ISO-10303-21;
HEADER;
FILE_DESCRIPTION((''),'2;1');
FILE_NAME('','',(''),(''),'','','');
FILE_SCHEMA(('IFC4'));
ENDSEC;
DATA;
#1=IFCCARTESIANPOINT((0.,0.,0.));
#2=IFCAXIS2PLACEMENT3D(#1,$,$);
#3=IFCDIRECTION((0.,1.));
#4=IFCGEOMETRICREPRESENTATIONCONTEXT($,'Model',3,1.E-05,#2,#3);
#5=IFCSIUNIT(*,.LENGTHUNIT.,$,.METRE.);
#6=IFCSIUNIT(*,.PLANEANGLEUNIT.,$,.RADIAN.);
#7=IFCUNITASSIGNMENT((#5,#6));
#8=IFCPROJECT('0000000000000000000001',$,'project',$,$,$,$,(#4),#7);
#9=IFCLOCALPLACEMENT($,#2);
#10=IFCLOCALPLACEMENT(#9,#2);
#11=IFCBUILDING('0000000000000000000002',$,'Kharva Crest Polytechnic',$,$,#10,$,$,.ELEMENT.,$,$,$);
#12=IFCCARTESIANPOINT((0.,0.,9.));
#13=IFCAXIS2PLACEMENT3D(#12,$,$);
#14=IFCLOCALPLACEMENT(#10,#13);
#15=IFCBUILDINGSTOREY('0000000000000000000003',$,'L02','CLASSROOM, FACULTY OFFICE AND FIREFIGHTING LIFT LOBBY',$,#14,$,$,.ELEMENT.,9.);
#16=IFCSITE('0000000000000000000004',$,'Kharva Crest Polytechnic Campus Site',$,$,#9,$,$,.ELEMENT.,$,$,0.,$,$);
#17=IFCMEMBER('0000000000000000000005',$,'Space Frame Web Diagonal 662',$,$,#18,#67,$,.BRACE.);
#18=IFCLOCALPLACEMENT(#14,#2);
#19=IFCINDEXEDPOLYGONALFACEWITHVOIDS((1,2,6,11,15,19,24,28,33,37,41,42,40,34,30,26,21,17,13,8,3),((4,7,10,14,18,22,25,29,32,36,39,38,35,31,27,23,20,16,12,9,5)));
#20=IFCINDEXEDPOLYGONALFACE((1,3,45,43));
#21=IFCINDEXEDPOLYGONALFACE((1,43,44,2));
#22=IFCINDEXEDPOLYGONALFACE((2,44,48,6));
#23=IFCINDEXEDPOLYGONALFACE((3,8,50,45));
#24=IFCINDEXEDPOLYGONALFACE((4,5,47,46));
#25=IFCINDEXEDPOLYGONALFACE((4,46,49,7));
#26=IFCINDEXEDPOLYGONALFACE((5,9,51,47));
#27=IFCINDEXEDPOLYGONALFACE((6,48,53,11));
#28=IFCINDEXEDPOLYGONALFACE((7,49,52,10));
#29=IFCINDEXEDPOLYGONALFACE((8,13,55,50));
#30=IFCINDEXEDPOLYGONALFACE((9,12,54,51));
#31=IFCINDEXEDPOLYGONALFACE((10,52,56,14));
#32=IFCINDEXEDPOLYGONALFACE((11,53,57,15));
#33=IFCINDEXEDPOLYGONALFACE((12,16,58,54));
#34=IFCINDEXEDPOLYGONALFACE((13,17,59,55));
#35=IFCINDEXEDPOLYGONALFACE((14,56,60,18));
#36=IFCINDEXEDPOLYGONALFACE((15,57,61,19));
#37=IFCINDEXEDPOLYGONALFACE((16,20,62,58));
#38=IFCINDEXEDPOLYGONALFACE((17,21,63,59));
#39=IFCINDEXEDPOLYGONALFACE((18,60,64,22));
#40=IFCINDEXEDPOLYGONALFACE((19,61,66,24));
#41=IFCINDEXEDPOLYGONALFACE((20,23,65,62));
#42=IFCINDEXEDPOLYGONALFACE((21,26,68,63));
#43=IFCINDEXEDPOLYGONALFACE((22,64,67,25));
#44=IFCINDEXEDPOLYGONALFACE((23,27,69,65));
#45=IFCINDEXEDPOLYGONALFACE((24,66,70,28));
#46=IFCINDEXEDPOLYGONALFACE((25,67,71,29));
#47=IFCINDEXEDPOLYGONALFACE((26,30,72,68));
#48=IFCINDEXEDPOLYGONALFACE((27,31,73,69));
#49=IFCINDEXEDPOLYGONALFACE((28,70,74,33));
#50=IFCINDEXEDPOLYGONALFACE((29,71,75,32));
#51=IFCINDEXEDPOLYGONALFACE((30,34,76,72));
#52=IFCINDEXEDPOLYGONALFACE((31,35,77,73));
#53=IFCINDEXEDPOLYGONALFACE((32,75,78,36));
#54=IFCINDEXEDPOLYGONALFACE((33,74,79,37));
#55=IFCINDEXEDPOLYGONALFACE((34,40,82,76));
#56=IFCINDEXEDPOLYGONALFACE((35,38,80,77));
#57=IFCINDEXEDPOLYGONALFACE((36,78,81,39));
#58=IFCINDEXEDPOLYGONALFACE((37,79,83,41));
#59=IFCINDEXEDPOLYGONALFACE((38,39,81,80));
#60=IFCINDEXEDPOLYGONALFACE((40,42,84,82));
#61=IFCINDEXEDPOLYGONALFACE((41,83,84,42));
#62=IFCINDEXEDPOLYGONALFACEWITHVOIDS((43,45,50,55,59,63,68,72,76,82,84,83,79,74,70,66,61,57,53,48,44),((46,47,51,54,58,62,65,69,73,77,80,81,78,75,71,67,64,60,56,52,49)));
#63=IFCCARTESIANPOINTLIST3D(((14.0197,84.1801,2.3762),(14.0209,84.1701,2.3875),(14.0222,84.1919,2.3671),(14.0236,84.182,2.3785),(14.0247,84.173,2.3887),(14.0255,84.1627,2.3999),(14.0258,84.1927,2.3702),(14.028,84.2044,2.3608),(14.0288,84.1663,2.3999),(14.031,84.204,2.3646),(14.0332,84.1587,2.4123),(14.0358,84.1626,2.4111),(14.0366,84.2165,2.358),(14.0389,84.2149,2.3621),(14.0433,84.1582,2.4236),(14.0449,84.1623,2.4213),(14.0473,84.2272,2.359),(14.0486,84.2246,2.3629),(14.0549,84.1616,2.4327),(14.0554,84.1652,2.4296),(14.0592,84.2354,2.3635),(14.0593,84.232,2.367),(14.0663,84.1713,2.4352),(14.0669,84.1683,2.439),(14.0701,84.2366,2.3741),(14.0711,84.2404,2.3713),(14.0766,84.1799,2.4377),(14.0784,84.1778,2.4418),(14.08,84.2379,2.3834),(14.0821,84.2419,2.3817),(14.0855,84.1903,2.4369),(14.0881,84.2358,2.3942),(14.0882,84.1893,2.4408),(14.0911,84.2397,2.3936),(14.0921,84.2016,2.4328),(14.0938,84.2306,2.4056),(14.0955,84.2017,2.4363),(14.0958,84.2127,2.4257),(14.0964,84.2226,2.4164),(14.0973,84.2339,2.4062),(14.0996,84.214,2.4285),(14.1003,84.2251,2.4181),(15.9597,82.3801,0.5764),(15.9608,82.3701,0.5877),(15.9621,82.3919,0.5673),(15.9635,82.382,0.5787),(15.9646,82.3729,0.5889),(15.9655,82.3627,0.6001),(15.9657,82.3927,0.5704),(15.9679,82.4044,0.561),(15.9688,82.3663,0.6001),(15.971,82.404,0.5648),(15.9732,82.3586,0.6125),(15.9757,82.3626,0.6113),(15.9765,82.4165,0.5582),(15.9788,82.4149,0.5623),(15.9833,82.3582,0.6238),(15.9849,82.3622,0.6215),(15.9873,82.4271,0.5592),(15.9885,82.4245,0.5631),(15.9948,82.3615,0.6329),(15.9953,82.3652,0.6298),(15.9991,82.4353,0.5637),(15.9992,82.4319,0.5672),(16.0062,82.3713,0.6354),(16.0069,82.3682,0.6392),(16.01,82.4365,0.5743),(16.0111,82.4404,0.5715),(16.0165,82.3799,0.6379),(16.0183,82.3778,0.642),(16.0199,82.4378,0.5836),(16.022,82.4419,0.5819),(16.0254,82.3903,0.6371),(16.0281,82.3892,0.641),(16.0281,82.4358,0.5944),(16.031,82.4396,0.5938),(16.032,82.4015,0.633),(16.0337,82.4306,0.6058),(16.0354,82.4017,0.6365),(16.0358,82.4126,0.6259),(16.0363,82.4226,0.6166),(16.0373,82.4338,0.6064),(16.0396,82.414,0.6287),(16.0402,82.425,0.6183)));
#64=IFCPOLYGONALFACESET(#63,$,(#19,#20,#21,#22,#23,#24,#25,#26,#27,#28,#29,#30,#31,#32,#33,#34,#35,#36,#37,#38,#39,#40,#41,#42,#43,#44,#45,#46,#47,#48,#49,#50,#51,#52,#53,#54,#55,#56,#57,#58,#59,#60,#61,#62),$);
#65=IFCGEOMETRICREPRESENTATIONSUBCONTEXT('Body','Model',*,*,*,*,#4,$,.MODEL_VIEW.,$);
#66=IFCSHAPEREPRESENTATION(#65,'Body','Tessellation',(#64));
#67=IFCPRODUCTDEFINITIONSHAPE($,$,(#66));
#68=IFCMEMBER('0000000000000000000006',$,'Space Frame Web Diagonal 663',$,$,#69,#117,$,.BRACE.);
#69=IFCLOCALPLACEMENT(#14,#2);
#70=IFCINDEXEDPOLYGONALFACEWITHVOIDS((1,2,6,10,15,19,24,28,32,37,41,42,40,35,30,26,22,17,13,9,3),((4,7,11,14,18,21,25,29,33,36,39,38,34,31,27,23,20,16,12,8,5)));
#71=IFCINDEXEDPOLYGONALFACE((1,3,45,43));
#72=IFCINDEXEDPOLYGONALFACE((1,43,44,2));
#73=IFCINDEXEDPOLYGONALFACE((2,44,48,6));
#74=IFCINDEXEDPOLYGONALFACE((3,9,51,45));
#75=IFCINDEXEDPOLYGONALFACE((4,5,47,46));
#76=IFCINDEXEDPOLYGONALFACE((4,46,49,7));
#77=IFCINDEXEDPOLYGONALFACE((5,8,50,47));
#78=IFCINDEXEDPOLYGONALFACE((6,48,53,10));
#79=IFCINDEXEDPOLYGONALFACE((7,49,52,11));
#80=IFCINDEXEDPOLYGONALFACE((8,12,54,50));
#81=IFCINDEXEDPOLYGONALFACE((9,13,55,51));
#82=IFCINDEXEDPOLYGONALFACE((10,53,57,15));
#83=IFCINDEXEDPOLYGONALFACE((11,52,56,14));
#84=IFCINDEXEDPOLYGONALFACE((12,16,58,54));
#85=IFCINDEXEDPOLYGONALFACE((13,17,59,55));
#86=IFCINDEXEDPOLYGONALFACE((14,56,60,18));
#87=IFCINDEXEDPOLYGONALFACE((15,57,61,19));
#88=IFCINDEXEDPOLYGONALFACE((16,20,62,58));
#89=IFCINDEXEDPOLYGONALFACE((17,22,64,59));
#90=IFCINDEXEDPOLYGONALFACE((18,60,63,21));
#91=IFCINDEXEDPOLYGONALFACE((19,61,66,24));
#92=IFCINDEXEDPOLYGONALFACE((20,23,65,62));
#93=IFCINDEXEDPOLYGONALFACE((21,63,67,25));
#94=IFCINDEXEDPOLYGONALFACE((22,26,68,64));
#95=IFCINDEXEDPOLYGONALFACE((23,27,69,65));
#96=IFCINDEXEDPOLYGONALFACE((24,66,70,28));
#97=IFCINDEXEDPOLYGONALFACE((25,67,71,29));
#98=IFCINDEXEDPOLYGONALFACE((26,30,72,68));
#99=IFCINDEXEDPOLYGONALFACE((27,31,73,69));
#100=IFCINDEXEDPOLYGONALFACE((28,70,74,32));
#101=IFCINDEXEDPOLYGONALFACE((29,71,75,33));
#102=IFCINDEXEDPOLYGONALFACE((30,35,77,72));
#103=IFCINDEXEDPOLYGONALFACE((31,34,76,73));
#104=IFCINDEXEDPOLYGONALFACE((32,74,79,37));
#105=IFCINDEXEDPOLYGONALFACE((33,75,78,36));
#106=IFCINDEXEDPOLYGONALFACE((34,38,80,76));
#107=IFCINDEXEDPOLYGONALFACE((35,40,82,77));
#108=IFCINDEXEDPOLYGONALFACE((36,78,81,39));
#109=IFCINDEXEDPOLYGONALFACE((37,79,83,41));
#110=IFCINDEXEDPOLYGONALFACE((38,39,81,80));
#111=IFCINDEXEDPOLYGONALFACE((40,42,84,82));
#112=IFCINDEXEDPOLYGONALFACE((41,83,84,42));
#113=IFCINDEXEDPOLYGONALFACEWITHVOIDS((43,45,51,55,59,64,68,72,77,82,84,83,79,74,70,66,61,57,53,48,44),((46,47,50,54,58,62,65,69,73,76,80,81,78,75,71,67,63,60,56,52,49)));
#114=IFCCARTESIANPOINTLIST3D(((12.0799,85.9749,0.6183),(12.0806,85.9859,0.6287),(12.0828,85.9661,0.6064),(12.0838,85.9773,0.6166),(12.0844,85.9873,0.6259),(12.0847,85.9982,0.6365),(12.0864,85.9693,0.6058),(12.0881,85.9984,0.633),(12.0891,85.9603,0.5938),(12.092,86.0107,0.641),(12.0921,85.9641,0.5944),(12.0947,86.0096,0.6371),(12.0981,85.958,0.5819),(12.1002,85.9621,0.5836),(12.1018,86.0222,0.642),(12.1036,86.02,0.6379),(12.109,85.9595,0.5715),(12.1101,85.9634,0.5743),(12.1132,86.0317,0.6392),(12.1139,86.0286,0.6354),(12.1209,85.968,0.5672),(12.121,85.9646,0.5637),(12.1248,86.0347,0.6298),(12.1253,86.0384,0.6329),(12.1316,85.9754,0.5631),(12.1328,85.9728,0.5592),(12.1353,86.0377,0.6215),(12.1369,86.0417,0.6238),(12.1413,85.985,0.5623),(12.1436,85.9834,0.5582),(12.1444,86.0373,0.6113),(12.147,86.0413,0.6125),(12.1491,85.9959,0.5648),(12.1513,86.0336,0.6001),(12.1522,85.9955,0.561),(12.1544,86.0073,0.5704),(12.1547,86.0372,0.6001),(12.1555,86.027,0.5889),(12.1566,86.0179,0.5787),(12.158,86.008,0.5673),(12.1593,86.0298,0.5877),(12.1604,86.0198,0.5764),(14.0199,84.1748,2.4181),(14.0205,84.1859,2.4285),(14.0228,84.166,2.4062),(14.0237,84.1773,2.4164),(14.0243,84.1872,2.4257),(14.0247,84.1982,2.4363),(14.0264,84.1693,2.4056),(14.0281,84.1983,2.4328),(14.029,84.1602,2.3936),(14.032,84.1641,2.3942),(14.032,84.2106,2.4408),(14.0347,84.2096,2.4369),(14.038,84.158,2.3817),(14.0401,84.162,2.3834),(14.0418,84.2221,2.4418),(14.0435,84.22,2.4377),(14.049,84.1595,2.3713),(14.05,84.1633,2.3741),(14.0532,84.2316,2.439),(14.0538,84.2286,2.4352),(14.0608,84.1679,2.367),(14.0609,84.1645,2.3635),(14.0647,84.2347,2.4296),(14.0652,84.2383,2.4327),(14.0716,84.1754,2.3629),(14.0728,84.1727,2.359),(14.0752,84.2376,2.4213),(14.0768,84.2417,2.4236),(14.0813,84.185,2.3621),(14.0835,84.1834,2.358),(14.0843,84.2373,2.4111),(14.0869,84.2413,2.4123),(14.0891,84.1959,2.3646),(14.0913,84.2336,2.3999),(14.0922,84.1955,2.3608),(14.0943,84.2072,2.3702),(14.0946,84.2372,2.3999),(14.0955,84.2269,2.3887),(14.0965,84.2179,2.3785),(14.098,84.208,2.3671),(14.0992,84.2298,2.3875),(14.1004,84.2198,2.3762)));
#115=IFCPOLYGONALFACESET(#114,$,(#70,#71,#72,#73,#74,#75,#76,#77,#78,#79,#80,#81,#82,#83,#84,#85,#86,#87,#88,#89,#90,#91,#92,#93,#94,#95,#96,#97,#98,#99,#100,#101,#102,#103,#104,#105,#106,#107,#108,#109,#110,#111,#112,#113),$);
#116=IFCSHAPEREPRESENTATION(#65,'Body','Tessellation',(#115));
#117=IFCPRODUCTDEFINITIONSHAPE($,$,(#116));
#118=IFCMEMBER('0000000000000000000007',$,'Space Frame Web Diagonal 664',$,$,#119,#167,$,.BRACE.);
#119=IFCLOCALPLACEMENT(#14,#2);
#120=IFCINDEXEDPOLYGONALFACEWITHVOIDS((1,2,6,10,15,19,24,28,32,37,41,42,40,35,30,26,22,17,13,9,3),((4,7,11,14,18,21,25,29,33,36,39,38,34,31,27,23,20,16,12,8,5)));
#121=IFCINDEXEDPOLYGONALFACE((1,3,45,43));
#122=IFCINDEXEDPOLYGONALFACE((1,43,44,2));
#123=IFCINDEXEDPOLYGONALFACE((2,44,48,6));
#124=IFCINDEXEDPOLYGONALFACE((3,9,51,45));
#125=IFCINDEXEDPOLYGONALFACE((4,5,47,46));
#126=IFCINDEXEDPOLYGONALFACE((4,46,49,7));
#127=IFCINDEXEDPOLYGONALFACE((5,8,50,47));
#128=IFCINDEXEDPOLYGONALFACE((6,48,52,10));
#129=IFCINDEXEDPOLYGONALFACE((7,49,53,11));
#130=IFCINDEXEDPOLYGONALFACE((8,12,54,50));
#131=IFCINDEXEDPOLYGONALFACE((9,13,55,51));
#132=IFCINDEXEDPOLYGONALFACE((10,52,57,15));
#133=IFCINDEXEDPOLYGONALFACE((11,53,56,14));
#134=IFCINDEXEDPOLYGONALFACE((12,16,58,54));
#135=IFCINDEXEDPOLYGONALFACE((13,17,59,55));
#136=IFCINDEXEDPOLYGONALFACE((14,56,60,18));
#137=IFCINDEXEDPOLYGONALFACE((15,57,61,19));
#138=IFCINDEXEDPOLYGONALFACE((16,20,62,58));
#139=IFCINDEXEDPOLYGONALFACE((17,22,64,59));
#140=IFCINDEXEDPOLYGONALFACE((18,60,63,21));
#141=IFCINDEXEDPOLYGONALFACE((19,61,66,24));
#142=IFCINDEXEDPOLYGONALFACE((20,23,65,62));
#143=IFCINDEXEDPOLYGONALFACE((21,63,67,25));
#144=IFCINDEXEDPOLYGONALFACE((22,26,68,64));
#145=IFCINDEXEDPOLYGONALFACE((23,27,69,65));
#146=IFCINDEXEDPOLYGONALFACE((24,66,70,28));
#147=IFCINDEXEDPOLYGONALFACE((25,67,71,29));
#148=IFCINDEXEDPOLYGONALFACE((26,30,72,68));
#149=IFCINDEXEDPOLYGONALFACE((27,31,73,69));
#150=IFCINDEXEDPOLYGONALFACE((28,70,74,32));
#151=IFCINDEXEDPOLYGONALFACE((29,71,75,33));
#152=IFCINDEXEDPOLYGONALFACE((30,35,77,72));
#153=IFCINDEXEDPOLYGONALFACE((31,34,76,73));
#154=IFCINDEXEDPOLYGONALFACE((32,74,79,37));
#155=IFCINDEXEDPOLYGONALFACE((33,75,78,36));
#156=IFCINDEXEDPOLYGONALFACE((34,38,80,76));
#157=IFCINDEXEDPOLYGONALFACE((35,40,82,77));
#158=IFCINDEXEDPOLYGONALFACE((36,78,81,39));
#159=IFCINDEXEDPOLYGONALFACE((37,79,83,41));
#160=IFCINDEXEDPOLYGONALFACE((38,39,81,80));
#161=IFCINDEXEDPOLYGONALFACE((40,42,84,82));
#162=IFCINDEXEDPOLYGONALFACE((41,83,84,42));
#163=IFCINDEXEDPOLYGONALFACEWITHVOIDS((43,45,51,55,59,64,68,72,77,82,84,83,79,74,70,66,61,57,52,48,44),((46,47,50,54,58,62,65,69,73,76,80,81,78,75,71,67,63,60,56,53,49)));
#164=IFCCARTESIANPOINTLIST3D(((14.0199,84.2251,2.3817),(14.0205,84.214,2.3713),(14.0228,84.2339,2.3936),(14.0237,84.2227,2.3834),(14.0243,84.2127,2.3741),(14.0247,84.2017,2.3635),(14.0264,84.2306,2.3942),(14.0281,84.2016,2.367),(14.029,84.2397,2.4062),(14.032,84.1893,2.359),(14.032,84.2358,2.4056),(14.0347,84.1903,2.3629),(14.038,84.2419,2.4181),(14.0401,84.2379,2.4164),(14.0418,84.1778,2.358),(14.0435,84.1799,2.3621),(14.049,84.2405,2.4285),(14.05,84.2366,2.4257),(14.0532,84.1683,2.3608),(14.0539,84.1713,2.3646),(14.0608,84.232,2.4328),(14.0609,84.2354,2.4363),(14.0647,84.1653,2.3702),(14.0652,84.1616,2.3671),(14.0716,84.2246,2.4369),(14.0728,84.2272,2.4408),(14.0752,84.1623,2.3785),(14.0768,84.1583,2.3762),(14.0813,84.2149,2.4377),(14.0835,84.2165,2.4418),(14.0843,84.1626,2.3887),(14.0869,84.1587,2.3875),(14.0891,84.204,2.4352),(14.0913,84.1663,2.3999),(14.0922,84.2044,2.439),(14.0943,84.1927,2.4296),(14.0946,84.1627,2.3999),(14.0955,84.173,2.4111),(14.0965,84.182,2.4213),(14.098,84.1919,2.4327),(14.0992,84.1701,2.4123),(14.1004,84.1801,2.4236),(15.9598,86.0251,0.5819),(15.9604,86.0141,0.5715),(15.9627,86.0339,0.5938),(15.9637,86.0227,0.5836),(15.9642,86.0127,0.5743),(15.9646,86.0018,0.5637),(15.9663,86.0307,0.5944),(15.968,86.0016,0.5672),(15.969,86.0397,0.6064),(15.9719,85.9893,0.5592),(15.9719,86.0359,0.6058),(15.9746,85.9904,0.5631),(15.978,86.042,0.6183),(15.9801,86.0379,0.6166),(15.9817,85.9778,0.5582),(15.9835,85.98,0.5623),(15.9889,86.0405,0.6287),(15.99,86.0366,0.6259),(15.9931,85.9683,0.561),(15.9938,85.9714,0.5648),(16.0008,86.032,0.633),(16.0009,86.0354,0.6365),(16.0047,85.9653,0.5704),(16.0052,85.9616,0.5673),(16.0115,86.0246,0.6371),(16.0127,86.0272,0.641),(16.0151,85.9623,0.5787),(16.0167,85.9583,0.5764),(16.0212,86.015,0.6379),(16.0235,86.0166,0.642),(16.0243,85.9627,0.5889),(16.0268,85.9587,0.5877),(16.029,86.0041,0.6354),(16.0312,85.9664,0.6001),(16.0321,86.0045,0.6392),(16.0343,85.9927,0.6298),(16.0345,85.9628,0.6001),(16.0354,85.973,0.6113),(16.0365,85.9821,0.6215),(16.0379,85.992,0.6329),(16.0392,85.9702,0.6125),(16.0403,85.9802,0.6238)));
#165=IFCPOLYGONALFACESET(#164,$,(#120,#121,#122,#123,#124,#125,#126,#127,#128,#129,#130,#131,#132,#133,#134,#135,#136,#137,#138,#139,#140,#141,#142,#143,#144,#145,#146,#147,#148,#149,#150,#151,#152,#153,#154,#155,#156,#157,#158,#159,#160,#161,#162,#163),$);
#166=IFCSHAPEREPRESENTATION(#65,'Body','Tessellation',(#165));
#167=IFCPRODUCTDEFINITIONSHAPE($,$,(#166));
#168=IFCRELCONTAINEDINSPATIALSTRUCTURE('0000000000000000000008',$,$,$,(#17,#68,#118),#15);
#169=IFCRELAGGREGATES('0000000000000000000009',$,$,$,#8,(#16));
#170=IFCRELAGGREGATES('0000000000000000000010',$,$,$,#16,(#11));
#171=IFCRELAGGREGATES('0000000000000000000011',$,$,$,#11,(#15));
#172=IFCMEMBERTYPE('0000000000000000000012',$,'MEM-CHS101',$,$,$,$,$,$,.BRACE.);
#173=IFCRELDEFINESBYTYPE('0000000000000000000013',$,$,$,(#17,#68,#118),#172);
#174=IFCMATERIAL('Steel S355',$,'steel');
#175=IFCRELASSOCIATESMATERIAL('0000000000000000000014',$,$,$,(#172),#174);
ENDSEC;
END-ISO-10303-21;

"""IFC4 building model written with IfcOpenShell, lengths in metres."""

from ifc_helpers import new_model, si_unit, direction, frame, origin, origin_2d, place, context, subcontext, project, spatial, hollow_circle, extrude, material, material_profile, profile_set, type_object, element, save


model = new_model("IFC4")

# Units and contexts
model_context = context("Model", 3, precision=1e-05, world=origin(), true_north=direction((0.0, 1.0)))
body_context = subcontext(model_context, "Body", "Model", "MODEL_VIEW")
ifc_project = project(units=[si_unit("LENGTHUNIT", "METRE"), si_unit("PLANEANGLEUNIT", "RADIAN")], contexts=[model_context])

# Site, building, storey
site_placement = place(None, origin())
site = spatial("IfcSite", under=ifc_project, at=site_placement, Name="Kharva Crest Polytechnic Campus Site", CompositionType="ELEMENT", RefElevation=0.0)
building_placement = place(site_placement, origin())
building = spatial("IfcBuilding", under=site, at=building_placement, Name="Kharva Crest Polytechnic", CompositionType="ELEMENT")
storey_placement = place(building_placement, frame((0.0, 0.0, 9.0)))
storey = spatial("IfcBuildingStorey", under=building, at=storey_placement, Name="L02", Description="CLASSROOM, FACULTY OFFICE AND FIREFIGHTING LIFT LOBBY", CompositionType="ELEMENT", Elevation=9.0)

# Shared definitions
ifc_material_1 = material(Name="Steel S355", Category="steel")

# Members
ifc_material_profile_1 = material_profile(ifc_material_1, hollow_circle(Radius=0.0508, WallThickness=0.0049, at=origin_2d()), Name="CHS 101.6X5.0")
ifc_profile_set_1 = profile_set([ifc_material_profile_1], Name="Steel S355")
member_type_1 = type_object("IfcMemberType", Name="MEM-CHS101", PredefinedType="BRACE", material=ifc_profile_set_1)
for number, where, z_axis, x_axis, name in (
    (1, (16.0, 82.3999, 0.6001), (-0.606147, 0.562437, 0.562361), (-0.680182, -0.733043, 0.0), "Space Frame Web Diagonal 662"),
    (2, (12.1201, 86.0, 0.6001), (0.606147, -0.562437, 0.562361), (0.680182, 0.733043, 0.0), "Space Frame Web Diagonal 663"),
    (3, (16.0, 86.0, 0.6001), (-0.606147, -0.562437, 0.562361), (0.680182, -0.733043, 0.0), "Space Frame Web Diagonal 664"),
):
    element("IfcMember", number, at=place(storey_placement, frame(where, z_axis=z_axis, x_axis=x_axis)), inside=storey, type_object=member_type_1, Name=name, PredefinedType="BRACE", context=body_context, shape_type="SweptSolid", body=[
        extrude(hollow_circle(Radius=0.0508, WallThickness=0.0049, at=origin_2d()), origin(), (0.0, 0.0, 1.0), 3.2004),
    ])

save(model, "model.ifc")
